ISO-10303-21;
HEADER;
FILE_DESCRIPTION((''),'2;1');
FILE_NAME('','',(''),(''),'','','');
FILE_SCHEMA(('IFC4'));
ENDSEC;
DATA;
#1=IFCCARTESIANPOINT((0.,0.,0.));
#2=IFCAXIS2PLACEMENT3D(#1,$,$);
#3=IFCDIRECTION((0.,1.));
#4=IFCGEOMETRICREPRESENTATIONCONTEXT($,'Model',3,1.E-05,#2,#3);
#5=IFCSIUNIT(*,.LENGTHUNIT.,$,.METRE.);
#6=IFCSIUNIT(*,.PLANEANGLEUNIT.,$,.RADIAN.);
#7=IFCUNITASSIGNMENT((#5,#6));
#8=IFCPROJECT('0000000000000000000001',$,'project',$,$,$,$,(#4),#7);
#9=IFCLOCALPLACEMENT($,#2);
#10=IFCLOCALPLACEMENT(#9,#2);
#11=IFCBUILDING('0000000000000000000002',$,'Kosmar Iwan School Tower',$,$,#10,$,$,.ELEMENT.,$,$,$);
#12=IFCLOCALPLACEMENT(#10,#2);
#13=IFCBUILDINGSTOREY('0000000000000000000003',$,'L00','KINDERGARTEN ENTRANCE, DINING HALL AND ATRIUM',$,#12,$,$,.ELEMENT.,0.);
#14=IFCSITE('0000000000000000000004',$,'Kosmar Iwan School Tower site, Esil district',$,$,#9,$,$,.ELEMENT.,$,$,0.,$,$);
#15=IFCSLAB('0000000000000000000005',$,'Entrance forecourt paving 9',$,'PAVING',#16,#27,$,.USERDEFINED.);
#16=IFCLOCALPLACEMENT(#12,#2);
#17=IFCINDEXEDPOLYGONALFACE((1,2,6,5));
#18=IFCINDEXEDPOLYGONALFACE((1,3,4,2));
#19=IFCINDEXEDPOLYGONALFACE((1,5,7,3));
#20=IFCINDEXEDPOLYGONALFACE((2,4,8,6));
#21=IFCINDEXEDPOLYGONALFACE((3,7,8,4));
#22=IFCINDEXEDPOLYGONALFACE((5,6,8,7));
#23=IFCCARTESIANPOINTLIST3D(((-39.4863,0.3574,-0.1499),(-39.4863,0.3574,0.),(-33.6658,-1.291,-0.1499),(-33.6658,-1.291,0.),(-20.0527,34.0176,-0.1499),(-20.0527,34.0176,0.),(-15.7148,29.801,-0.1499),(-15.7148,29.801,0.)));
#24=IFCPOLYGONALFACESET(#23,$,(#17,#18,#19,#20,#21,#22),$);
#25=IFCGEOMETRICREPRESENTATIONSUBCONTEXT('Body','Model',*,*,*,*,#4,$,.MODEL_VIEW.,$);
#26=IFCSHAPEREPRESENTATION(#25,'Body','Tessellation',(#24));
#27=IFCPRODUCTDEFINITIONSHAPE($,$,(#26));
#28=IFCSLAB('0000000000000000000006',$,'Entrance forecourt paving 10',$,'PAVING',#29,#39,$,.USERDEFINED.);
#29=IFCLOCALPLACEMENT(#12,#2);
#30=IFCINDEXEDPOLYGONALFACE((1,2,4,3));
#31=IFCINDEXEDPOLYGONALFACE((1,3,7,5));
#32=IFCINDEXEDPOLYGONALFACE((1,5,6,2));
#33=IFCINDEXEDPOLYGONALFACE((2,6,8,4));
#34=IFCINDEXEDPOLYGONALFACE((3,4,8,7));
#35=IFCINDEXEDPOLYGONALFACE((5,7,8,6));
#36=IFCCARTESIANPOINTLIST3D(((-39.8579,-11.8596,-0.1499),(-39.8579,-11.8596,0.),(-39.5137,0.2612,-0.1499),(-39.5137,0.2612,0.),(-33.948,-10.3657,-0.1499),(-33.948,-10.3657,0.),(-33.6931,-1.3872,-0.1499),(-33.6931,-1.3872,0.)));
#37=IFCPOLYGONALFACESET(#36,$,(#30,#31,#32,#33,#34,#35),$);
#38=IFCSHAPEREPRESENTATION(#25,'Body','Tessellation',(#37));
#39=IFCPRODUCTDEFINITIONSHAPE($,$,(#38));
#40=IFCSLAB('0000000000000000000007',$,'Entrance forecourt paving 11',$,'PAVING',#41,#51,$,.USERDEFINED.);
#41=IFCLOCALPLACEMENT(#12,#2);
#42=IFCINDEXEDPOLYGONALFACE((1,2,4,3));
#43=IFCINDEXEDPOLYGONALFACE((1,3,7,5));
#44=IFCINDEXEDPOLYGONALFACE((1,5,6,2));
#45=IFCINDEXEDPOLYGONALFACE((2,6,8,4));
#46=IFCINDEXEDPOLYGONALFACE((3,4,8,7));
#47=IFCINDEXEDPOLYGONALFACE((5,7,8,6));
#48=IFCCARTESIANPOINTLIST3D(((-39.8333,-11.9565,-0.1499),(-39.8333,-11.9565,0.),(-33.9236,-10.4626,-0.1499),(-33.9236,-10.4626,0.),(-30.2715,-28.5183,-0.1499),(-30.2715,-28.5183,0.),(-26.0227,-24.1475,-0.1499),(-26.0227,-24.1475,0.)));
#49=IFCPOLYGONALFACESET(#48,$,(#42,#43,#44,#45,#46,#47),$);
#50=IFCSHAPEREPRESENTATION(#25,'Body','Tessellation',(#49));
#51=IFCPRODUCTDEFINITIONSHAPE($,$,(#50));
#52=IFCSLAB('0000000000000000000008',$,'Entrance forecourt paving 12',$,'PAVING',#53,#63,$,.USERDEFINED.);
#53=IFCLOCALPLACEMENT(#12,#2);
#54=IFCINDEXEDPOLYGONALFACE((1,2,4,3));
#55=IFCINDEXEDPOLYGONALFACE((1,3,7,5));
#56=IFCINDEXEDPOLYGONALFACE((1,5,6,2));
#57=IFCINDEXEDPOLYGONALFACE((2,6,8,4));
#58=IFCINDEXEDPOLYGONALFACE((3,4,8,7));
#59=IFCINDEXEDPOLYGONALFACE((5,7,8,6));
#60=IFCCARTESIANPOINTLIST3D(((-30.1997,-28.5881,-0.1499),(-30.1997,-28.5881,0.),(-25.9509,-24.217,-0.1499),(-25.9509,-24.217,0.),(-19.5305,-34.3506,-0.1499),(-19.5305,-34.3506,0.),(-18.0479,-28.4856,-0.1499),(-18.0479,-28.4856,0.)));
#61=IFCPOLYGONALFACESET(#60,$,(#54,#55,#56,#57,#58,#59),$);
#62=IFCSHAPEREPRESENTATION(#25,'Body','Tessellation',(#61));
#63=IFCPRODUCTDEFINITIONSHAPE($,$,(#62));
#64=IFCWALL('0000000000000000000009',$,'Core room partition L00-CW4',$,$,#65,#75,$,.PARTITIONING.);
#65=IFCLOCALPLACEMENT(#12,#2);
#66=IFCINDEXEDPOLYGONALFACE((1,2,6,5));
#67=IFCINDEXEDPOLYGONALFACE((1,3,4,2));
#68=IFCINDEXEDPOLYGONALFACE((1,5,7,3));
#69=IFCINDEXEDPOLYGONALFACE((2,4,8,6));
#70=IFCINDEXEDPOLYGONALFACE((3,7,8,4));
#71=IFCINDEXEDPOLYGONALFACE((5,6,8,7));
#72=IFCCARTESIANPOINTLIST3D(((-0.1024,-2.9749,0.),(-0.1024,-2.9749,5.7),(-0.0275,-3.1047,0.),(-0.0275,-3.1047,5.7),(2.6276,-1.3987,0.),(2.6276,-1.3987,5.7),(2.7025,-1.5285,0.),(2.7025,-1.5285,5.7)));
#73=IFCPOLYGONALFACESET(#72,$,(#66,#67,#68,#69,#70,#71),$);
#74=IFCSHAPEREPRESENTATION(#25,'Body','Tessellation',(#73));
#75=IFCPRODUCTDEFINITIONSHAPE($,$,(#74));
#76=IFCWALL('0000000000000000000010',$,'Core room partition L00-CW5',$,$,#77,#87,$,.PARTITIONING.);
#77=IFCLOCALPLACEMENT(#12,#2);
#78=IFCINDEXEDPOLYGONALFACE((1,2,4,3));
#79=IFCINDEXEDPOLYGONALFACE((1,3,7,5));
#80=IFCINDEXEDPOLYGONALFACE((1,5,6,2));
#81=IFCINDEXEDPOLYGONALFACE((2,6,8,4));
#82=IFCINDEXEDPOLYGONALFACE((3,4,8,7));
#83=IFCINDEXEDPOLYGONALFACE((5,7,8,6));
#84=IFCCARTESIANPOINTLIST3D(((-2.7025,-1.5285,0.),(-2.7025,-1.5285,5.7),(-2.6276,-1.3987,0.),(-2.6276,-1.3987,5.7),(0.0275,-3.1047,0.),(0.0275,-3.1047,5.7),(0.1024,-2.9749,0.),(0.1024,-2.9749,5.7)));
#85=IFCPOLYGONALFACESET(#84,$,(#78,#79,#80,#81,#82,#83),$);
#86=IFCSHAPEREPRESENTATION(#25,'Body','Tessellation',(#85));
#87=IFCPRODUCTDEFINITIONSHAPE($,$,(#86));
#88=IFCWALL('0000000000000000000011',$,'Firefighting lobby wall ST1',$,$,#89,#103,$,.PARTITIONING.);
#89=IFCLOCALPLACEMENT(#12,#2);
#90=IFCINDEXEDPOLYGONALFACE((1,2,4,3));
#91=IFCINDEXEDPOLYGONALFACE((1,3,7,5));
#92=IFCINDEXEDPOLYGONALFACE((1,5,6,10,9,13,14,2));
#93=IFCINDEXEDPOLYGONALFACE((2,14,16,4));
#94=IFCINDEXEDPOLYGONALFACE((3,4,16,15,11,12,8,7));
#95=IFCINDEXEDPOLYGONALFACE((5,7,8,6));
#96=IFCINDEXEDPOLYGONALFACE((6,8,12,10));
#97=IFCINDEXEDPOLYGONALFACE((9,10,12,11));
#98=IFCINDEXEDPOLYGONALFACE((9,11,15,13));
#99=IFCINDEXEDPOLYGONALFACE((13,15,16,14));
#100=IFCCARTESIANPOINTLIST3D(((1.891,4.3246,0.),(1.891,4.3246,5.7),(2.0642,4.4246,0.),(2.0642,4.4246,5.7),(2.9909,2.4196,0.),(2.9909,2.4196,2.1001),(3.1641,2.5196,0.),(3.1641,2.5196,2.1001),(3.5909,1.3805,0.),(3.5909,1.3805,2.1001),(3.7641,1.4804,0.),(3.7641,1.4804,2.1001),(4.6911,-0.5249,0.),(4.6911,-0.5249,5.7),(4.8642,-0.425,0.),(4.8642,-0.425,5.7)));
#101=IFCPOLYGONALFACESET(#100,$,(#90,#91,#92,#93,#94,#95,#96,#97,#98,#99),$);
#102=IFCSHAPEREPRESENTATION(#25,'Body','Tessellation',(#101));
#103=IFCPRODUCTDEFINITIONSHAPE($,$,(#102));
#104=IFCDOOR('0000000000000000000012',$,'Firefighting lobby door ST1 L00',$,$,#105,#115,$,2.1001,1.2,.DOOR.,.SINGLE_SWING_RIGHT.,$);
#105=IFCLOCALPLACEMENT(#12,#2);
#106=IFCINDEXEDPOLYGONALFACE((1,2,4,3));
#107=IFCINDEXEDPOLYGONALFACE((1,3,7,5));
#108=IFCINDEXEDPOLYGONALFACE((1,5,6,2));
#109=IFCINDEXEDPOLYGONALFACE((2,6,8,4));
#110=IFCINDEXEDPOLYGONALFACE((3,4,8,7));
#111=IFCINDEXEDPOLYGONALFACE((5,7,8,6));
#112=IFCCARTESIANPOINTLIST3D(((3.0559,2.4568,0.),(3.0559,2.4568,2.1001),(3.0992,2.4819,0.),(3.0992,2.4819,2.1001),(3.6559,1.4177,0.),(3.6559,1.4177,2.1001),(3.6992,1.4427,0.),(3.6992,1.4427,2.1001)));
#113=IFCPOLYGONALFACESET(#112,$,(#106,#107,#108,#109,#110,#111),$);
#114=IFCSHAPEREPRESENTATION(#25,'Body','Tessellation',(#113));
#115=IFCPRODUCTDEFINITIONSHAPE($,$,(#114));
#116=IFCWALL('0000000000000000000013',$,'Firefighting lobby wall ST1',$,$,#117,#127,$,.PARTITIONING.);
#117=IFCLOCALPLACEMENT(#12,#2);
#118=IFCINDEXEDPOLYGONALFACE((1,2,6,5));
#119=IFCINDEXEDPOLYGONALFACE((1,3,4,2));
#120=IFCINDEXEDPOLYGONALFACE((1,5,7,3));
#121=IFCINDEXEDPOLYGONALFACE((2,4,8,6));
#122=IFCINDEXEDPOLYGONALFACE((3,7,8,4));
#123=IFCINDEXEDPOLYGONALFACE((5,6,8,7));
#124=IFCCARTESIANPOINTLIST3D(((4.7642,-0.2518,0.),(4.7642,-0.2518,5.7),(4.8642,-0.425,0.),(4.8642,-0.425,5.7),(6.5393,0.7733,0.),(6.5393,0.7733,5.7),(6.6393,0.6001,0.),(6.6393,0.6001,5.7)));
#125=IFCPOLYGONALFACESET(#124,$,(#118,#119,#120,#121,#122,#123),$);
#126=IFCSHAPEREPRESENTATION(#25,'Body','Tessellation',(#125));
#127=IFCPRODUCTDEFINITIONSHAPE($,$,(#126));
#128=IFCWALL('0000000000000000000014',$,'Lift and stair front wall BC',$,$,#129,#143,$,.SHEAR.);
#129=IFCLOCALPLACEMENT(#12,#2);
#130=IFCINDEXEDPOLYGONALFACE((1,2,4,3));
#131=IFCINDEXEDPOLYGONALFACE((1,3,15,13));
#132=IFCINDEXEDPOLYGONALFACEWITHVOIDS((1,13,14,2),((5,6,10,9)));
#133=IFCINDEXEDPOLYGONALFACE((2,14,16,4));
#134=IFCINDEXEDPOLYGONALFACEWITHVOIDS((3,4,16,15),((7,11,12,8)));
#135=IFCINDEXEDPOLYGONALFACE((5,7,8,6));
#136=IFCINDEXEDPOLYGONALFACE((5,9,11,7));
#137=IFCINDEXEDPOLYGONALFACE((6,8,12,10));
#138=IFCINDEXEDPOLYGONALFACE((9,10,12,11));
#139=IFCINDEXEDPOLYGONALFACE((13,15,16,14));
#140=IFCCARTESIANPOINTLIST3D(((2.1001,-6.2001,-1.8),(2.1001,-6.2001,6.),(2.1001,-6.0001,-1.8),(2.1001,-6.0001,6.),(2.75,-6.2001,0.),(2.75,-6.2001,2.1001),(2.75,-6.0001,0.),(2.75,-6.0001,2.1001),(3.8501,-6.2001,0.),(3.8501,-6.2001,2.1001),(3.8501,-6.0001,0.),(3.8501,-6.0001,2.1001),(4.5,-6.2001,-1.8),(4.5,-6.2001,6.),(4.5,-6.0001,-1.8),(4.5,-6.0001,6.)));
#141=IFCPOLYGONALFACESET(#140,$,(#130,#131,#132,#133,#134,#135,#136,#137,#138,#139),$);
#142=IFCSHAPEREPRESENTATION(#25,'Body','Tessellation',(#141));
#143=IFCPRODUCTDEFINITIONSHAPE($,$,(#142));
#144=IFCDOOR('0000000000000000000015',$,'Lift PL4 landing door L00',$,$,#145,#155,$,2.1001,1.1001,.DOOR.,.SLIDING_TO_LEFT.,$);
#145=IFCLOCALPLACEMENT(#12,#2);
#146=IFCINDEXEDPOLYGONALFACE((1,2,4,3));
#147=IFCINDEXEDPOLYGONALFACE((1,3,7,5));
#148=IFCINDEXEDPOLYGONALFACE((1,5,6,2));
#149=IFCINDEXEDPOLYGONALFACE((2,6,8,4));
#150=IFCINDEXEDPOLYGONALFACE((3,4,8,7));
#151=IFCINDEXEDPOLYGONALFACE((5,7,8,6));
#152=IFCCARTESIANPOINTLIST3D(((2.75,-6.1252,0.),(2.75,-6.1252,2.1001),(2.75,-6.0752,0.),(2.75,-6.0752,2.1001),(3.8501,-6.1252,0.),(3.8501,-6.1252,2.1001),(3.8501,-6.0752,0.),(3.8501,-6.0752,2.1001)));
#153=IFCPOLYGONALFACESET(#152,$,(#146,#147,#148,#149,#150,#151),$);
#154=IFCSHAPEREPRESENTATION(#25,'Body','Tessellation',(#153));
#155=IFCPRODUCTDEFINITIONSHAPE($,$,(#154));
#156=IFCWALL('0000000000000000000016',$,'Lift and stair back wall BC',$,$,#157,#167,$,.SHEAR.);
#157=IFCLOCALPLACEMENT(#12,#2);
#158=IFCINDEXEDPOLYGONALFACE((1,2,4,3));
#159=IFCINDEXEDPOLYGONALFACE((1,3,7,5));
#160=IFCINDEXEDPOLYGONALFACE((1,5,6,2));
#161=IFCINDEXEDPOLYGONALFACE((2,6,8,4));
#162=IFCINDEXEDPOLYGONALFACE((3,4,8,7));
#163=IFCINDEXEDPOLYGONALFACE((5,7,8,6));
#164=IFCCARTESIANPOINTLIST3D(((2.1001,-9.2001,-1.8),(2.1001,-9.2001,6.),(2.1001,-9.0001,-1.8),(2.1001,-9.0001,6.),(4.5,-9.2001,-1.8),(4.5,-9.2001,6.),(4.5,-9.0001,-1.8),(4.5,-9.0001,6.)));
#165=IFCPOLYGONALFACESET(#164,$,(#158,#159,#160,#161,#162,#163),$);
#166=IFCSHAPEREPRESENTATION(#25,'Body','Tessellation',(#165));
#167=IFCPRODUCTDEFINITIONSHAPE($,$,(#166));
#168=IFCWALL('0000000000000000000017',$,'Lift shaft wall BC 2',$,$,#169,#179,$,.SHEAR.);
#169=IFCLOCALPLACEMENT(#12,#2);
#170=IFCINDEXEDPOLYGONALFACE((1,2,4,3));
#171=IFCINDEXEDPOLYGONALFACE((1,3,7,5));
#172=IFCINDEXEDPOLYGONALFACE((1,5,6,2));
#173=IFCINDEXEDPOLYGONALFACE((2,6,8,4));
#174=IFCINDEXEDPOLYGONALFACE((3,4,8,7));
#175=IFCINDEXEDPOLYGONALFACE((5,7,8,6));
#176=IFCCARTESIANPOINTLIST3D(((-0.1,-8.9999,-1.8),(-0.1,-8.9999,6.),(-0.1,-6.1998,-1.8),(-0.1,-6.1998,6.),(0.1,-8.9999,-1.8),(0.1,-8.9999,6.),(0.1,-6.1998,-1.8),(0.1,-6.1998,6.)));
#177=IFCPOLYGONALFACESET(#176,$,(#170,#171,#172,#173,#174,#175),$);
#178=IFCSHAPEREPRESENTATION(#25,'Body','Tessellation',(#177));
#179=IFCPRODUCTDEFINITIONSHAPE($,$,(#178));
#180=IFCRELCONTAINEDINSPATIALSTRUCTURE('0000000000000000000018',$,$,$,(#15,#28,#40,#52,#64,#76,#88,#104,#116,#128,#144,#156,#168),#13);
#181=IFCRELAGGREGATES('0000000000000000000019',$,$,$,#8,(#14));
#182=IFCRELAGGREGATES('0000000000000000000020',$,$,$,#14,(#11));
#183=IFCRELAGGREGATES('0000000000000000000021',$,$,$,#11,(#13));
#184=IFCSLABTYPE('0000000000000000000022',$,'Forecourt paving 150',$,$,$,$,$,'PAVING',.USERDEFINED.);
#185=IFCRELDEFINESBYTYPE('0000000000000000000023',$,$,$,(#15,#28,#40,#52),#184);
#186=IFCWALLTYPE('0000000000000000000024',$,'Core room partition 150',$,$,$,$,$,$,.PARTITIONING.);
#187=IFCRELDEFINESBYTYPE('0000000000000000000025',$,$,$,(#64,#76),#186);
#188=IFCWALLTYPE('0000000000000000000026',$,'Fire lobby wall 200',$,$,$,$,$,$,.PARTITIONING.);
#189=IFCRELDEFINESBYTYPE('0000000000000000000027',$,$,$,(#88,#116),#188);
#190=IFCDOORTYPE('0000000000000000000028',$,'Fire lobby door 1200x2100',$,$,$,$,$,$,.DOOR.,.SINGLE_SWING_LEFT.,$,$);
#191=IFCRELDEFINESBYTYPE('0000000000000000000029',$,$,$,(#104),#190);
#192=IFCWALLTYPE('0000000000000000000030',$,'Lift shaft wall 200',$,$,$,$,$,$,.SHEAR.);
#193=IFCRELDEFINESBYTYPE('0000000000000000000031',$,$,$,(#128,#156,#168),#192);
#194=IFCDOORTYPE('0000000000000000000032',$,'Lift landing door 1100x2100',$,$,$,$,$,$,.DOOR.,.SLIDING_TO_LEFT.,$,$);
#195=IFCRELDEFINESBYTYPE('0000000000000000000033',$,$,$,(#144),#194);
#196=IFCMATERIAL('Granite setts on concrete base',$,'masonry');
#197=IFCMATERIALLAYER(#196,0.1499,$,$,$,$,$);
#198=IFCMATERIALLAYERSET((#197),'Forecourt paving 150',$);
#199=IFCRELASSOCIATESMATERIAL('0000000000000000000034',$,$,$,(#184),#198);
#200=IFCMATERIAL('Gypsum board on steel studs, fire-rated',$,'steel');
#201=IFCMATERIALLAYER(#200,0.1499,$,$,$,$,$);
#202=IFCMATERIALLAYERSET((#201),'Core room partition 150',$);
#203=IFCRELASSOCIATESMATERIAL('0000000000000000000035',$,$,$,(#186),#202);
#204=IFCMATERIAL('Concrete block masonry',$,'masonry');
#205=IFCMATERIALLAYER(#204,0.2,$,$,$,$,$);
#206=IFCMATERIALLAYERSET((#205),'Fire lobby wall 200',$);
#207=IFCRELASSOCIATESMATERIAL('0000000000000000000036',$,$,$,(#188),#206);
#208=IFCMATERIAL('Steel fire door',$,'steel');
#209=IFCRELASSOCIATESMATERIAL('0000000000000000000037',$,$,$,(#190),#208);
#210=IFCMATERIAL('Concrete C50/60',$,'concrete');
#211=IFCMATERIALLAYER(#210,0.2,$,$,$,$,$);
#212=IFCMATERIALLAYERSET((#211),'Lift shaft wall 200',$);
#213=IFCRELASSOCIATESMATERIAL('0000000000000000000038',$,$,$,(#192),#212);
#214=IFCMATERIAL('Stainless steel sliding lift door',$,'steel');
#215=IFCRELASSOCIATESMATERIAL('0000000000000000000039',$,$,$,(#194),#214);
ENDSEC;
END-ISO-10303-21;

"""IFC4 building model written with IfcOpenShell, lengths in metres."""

from ifc_helpers import new_model, si_unit, direction, frame, frame_2d, origin, place, context, subcontext, project, spatial, polyline, rectangle, outline, extrude, material, layer, layer_set, type_object, element, fill, save


model = new_model("IFC4")

# Units and contexts
model_context = context("Model", 3, precision=1e-05, world=origin(), true_north=direction((0.0, 1.0)))
body_context = subcontext(model_context, "Body", "Model", "MODEL_VIEW")
ifc_project = project(units=[si_unit("LENGTHUNIT", "METRE"), si_unit("PLANEANGLEUNIT", "RADIAN")], contexts=[model_context])

# Site, building, storey
site_placement = place(None, origin())
site = spatial("IfcSite", under=ifc_project, at=site_placement, Name="Kosmar Iwan School Tower site, Esil district", CompositionType="ELEMENT", RefElevation=0.0)
building_placement = place(site_placement, origin())
building = spatial("IfcBuilding", under=site, at=building_placement, Name="Kosmar Iwan School Tower", CompositionType="ELEMENT")
storey_placement = place(building_placement, origin())
storey = spatial("IfcBuildingStorey", under=building, at=storey_placement, Name="L00", Description="KINDERGARTEN ENTRANCE, DINING HALL AND ATRIUM", CompositionType="ELEMENT", Elevation=0.0)

# Slabs
ifc_material_1 = material(Name="Granite setts on concrete base", Category="masonry")
ifc_layer_1 = layer(ifc_material_1, 0.1499)
ifc_layer_set_1 = layer_set([ifc_layer_1], Name="Forecourt paving 150")
slab_type = type_object("IfcSlabType", Name="Forecourt paving 150", ElementType="PAVING", PredefinedType="USERDEFINED", material=ifc_layer_set_1)
slab_1_placement = place(storey_placement, frame((0.0, 0.0, -0.1499)))
element("IfcSlab", 1, at=slab_1_placement, inside=storey, type_object=slab_type, Name="Entrance forecourt paving 9", ObjectType="PAVING", PredefinedType="USERDEFINED", context=body_context, shape_type="SweptSolid", body=[
    extrude(outline(polyline([(-15.7148, 29.801), (-33.6658, -1.291), (-39.4863, 0.3574), (-20.0527, 34.0176), (-15.7148, 29.801)])), origin(), (0.0, 0.0, 1.0), 0.1499),
])
slab_2_placement = place(storey_placement, frame((0.0, 0.0, -0.1499)))
element("IfcSlab", 2, at=slab_2_placement, inside=storey, type_object=slab_type, Name="Entrance forecourt paving 10", ObjectType="PAVING", PredefinedType="USERDEFINED", context=body_context, shape_type="SweptSolid", body=[
    extrude(outline(polyline([(-33.6931, -1.3872), (-33.948, -10.3657), (-39.8579, -11.8596), (-39.5137, 0.2612), (-33.6931, -1.3872)])), origin(), (0.0, 0.0, 1.0), 0.1499),
])
slab_3_placement = place(storey_placement, frame((0.0, 0.0, -0.1499)))
element("IfcSlab", 3, at=slab_3_placement, inside=storey, type_object=slab_type, Name="Entrance forecourt paving 11", ObjectType="PAVING", PredefinedType="USERDEFINED", context=body_context, shape_type="SweptSolid", body=[
    extrude(outline(polyline([(-33.9236, -10.4626), (-26.0227, -24.1475), (-30.2715, -28.5183), (-39.8333, -11.9565), (-33.9236, -10.4626)])), origin(), (0.0, 0.0, 1.0), 0.1499),
])
slab_4_placement = place(storey_placement, frame((0.0, 0.0, -0.1499)))
element("IfcSlab", 4, at=slab_4_placement, inside=storey, type_object=slab_type, Name="Entrance forecourt paving 12", ObjectType="PAVING", PredefinedType="USERDEFINED", context=body_context, shape_type="SweptSolid", body=[
    extrude(outline(polyline([(-25.9509, -24.217), (-18.0479, -28.4856), (-19.5305, -34.3506), (-30.1997, -28.5881), (-25.9509, -24.217)])), origin(), (0.0, 0.0, 1.0), 0.1499),
])

# Walls
ifc_material_2 = material(Name="Gypsum board on steel studs, fire-rated", Category="steel")
ifc_layer_2 = layer(ifc_material_2, 0.1499)
ifc_layer_set_2 = layer_set([ifc_layer_2], Name="Core room partition 150")
wall_type_1 = type_object("IfcWallType", Name="Core room partition 150", PredefinedType="PARTITIONING", material=ifc_layer_set_2)
for number, where, z_axis, x_axis, name in (
    (5, (2.665, -1.4636, 0.0), (0.0, 0.0, 1.0), (-0.866023, -0.500004, 0.0), "Core room partition L00-CW4"),
    (6, (0.0649, -3.0398, 0.0), (0.0, 0.0, 1.0), (-0.866023, 0.500004, 0.0), "Core room partition L00-CW5"),
):
    element("IfcWall", number, at=place(storey_placement, frame(where, z_axis=z_axis, x_axis=x_axis)), inside=storey, type_object=wall_type_1, Name=name, PredefinedType="PARTITIONING", context=body_context, shape_type="SweptSolid", body=[
        extrude(rectangle(XDim=3.1523, YDim=0.1499, at=frame_2d((1.5762, 0.0))), origin(), (0.0, 0.0, 1.0), 5.7),
    ])

# Wall, opening, door
ifc_material_3 = material(Name="Concrete block masonry", Category="masonry")
ifc_layer_3 = layer(ifc_material_3, 0.2)
ifc_layer_set_3 = layer_set([ifc_layer_3], Name="Fire lobby wall 200")
wall_type_2 = type_object("IfcWallType", Name="Fire lobby wall 200", PredefinedType="PARTITIONING", material=ifc_layer_set_3)
wall_1_placement = place(storey_placement, frame((4.7776, -0.4749, 0.0), z_axis=(0.0, 0.0, 1.0), x_axis=(-0.500017, 0.866016, 0.0)))
wall_1 = element("IfcWall", 7, at=wall_1_placement, inside=storey, type_object=wall_type_2, Name="Firefighting lobby wall ST1", PredefinedType="PARTITIONING", context=body_context, shape_type="SweptSolid", body=[
    extrude(rectangle(XDim=5.5999, YDim=0.2, at=frame_2d((2.7998, 0.0))), origin(), (0.0, 0.0, 1.0), 5.7),
])
opening_1_placement = place(wall_1_placement, frame((2.2, 0.0, 0.0)))
opening_1 = element("IfcOpeningElement", 8, at=opening_1_placement, cuts=wall_1, PredefinedType="OPENING", context=body_context, shape_type="SweptSolid", body=[
    extrude(rectangle(XDim=1.2, YDim=2.1001, at=frame_2d((0.6001, 1.05))), frame((0.0, 0.1121, 0.0), z_axis=(0.0, -1.0, 0.0), x_axis=(1.0, 0.0, 0.0)), (0.0, 0.0, 1.0), 0.2239),
])
ifc_material_4 = material(Name="Steel fire door", Category="steel")
door_type_1 = type_object("IfcDoorType", Name="Fire lobby door 1200x2100", OperationType="SINGLE_SWING_LEFT", PredefinedType="DOOR", material=ifc_material_4)
door_1_placement = place(opening_1_placement, frame((1.2, 0.0, 0.0), z_axis=(0.0, 0.0, 1.0), x_axis=(-1.0, 0.0, 0.0)))
door_1 = element("IfcDoor", 9, at=door_1_placement, inside=storey, type_object=door_type_1, Name="Firefighting lobby door ST1 L00", OperationType="SINGLE_SWING_RIGHT", OverallHeight=2.1001, OverallWidth=1.2, PredefinedType="DOOR", context=body_context, shape_type="SweptSolid", body=[
    extrude(rectangle(XDim=1.2, YDim=2.1001, at=frame_2d((0.6001, 1.05))), frame((0.0, 0.0249, 0.0), z_axis=(0.0, -1.0, 0.0), x_axis=(1.0, 0.0, 0.0)), (0.0, 0.0, 1.0), 0.05),
])
fill(opening_1, door_1)

# Wall
wall_2_placement = place(storey_placement, frame((4.8142, -0.3384, 0.0), z_axis=(0.0, 0.0, 1.0), x_axis=(0.865969, 0.500097, 0.0)))
element("IfcWall", 10, at=wall_2_placement, inside=storey, type_object=wall_type_2, Name="Firefighting lobby wall ST1", PredefinedType="PARTITIONING", context=body_context, shape_type="SweptSolid", body=[
    extrude(rectangle(XDim=2.0498, YDim=0.2, at=frame_2d((1.0249, 0.0))), origin(), (0.0, 0.0, 1.0), 5.7),
])

# Wall, opening, door
ifc_material_5 = material(Name="Concrete C50/60", Category="concrete")
ifc_layer_4 = layer(ifc_material_5, 0.2)
ifc_layer_set_4 = layer_set([ifc_layer_4], Name="Lift shaft wall 200")
wall_type_3 = type_object("IfcWallType", Name="Lift shaft wall 200", PredefinedType="SHEAR", material=ifc_layer_set_4)
wall_3_placement = place(storey_placement, frame((2.1001, -6.1001, -1.8), z_axis=(0.0, 0.0, 1.0), x_axis=(1.0, 0.0, 0.0)))
wall_3 = element("IfcWall", 11, at=wall_3_placement, inside=storey, type_object=wall_type_3, Name="Lift and stair front wall BC", PredefinedType="SHEAR", context=body_context, shape_type="SweptSolid", body=[
    extrude(rectangle(XDim=2.3999, YDim=0.2, at=frame_2d((1.2, 0.0))), origin(), (0.0, 0.0, 1.0), 7.8),
])
opening_2_placement = place(wall_3_placement, frame((0.6499, 0.0, 1.8)))
opening_2 = element("IfcOpeningElement", 12, at=opening_2_placement, cuts=wall_3, PredefinedType="OPENING", context=body_context, shape_type="SweptSolid", body=[
    extrude(rectangle(XDim=1.1001, YDim=2.1001, at=frame_2d((0.55, 1.05))), frame((0.0, 0.1121, 0.0), z_axis=(0.0, -1.0, 0.0), x_axis=(1.0, 0.0, 0.0)), (0.0, 0.0, 1.0), 0.2239),
])
ifc_material_6 = material(Name="Stainless steel sliding lift door", Category="steel")
door_type_2 = type_object("IfcDoorType", Name="Lift landing door 1100x2100", OperationType="SLIDING_TO_LEFT", PredefinedType="DOOR", material=ifc_material_6)
door_2_placement = place(opening_2_placement, origin())
door_2 = element("IfcDoor", 13, at=door_2_placement, inside=storey, type_object=door_type_2, Name="Lift PL4 landing door L00", OperationType="SLIDING_TO_LEFT", OverallHeight=2.1001, OverallWidth=1.1001, PredefinedType="DOOR", context=body_context, shape_type="SweptSolid", body=[
    extrude(rectangle(XDim=1.1001, YDim=2.1001, at=frame_2d((0.55, 1.05))), frame((0.0, 0.0249, 0.0), z_axis=(0.0, -1.0, 0.0), x_axis=(1.0, 0.0, 0.0)), (0.0, 0.0, 1.0), 0.05),
])
fill(opening_2, door_2)

# Walls
wall_4_placement = place(storey_placement, frame((2.1001, -9.1001, -1.8), z_axis=(0.0, 0.0, 1.0), x_axis=(1.0, 0.0, 0.0)))
element("IfcWall", 14, at=wall_4_placement, inside=storey, type_object=wall_type_3, Name="Lift and stair back wall BC", PredefinedType="SHEAR", context=body_context, shape_type="SweptSolid", body=[
    extrude(rectangle(XDim=2.3999, YDim=0.2, at=frame_2d((1.2, 0.0))), origin(), (0.0, 0.0, 1.0), 7.8),
])
for number, where, z_axis, x_axis, name in (
    (15, (0.0, -6.2, -1.8), (0.0, 0.0, 1.0), (0.0, -1.0, 0.0), "Lift shaft wall BC 2"),
):
    element("IfcWall", number, at=place(storey_placement, frame(where, z_axis=z_axis, x_axis=x_axis)), inside=storey, type_object=wall_type_3, Name=name, PredefinedType="SHEAR", context=body_context, shape_type="SweptSolid", body=[
        extrude(rectangle(XDim=2.8, YDim=0.2, at=frame_2d((1.3999, 0.0))), origin(), (0.0, 0.0, 1.0), 7.8),
    ])

save(model, "model.ifc")
